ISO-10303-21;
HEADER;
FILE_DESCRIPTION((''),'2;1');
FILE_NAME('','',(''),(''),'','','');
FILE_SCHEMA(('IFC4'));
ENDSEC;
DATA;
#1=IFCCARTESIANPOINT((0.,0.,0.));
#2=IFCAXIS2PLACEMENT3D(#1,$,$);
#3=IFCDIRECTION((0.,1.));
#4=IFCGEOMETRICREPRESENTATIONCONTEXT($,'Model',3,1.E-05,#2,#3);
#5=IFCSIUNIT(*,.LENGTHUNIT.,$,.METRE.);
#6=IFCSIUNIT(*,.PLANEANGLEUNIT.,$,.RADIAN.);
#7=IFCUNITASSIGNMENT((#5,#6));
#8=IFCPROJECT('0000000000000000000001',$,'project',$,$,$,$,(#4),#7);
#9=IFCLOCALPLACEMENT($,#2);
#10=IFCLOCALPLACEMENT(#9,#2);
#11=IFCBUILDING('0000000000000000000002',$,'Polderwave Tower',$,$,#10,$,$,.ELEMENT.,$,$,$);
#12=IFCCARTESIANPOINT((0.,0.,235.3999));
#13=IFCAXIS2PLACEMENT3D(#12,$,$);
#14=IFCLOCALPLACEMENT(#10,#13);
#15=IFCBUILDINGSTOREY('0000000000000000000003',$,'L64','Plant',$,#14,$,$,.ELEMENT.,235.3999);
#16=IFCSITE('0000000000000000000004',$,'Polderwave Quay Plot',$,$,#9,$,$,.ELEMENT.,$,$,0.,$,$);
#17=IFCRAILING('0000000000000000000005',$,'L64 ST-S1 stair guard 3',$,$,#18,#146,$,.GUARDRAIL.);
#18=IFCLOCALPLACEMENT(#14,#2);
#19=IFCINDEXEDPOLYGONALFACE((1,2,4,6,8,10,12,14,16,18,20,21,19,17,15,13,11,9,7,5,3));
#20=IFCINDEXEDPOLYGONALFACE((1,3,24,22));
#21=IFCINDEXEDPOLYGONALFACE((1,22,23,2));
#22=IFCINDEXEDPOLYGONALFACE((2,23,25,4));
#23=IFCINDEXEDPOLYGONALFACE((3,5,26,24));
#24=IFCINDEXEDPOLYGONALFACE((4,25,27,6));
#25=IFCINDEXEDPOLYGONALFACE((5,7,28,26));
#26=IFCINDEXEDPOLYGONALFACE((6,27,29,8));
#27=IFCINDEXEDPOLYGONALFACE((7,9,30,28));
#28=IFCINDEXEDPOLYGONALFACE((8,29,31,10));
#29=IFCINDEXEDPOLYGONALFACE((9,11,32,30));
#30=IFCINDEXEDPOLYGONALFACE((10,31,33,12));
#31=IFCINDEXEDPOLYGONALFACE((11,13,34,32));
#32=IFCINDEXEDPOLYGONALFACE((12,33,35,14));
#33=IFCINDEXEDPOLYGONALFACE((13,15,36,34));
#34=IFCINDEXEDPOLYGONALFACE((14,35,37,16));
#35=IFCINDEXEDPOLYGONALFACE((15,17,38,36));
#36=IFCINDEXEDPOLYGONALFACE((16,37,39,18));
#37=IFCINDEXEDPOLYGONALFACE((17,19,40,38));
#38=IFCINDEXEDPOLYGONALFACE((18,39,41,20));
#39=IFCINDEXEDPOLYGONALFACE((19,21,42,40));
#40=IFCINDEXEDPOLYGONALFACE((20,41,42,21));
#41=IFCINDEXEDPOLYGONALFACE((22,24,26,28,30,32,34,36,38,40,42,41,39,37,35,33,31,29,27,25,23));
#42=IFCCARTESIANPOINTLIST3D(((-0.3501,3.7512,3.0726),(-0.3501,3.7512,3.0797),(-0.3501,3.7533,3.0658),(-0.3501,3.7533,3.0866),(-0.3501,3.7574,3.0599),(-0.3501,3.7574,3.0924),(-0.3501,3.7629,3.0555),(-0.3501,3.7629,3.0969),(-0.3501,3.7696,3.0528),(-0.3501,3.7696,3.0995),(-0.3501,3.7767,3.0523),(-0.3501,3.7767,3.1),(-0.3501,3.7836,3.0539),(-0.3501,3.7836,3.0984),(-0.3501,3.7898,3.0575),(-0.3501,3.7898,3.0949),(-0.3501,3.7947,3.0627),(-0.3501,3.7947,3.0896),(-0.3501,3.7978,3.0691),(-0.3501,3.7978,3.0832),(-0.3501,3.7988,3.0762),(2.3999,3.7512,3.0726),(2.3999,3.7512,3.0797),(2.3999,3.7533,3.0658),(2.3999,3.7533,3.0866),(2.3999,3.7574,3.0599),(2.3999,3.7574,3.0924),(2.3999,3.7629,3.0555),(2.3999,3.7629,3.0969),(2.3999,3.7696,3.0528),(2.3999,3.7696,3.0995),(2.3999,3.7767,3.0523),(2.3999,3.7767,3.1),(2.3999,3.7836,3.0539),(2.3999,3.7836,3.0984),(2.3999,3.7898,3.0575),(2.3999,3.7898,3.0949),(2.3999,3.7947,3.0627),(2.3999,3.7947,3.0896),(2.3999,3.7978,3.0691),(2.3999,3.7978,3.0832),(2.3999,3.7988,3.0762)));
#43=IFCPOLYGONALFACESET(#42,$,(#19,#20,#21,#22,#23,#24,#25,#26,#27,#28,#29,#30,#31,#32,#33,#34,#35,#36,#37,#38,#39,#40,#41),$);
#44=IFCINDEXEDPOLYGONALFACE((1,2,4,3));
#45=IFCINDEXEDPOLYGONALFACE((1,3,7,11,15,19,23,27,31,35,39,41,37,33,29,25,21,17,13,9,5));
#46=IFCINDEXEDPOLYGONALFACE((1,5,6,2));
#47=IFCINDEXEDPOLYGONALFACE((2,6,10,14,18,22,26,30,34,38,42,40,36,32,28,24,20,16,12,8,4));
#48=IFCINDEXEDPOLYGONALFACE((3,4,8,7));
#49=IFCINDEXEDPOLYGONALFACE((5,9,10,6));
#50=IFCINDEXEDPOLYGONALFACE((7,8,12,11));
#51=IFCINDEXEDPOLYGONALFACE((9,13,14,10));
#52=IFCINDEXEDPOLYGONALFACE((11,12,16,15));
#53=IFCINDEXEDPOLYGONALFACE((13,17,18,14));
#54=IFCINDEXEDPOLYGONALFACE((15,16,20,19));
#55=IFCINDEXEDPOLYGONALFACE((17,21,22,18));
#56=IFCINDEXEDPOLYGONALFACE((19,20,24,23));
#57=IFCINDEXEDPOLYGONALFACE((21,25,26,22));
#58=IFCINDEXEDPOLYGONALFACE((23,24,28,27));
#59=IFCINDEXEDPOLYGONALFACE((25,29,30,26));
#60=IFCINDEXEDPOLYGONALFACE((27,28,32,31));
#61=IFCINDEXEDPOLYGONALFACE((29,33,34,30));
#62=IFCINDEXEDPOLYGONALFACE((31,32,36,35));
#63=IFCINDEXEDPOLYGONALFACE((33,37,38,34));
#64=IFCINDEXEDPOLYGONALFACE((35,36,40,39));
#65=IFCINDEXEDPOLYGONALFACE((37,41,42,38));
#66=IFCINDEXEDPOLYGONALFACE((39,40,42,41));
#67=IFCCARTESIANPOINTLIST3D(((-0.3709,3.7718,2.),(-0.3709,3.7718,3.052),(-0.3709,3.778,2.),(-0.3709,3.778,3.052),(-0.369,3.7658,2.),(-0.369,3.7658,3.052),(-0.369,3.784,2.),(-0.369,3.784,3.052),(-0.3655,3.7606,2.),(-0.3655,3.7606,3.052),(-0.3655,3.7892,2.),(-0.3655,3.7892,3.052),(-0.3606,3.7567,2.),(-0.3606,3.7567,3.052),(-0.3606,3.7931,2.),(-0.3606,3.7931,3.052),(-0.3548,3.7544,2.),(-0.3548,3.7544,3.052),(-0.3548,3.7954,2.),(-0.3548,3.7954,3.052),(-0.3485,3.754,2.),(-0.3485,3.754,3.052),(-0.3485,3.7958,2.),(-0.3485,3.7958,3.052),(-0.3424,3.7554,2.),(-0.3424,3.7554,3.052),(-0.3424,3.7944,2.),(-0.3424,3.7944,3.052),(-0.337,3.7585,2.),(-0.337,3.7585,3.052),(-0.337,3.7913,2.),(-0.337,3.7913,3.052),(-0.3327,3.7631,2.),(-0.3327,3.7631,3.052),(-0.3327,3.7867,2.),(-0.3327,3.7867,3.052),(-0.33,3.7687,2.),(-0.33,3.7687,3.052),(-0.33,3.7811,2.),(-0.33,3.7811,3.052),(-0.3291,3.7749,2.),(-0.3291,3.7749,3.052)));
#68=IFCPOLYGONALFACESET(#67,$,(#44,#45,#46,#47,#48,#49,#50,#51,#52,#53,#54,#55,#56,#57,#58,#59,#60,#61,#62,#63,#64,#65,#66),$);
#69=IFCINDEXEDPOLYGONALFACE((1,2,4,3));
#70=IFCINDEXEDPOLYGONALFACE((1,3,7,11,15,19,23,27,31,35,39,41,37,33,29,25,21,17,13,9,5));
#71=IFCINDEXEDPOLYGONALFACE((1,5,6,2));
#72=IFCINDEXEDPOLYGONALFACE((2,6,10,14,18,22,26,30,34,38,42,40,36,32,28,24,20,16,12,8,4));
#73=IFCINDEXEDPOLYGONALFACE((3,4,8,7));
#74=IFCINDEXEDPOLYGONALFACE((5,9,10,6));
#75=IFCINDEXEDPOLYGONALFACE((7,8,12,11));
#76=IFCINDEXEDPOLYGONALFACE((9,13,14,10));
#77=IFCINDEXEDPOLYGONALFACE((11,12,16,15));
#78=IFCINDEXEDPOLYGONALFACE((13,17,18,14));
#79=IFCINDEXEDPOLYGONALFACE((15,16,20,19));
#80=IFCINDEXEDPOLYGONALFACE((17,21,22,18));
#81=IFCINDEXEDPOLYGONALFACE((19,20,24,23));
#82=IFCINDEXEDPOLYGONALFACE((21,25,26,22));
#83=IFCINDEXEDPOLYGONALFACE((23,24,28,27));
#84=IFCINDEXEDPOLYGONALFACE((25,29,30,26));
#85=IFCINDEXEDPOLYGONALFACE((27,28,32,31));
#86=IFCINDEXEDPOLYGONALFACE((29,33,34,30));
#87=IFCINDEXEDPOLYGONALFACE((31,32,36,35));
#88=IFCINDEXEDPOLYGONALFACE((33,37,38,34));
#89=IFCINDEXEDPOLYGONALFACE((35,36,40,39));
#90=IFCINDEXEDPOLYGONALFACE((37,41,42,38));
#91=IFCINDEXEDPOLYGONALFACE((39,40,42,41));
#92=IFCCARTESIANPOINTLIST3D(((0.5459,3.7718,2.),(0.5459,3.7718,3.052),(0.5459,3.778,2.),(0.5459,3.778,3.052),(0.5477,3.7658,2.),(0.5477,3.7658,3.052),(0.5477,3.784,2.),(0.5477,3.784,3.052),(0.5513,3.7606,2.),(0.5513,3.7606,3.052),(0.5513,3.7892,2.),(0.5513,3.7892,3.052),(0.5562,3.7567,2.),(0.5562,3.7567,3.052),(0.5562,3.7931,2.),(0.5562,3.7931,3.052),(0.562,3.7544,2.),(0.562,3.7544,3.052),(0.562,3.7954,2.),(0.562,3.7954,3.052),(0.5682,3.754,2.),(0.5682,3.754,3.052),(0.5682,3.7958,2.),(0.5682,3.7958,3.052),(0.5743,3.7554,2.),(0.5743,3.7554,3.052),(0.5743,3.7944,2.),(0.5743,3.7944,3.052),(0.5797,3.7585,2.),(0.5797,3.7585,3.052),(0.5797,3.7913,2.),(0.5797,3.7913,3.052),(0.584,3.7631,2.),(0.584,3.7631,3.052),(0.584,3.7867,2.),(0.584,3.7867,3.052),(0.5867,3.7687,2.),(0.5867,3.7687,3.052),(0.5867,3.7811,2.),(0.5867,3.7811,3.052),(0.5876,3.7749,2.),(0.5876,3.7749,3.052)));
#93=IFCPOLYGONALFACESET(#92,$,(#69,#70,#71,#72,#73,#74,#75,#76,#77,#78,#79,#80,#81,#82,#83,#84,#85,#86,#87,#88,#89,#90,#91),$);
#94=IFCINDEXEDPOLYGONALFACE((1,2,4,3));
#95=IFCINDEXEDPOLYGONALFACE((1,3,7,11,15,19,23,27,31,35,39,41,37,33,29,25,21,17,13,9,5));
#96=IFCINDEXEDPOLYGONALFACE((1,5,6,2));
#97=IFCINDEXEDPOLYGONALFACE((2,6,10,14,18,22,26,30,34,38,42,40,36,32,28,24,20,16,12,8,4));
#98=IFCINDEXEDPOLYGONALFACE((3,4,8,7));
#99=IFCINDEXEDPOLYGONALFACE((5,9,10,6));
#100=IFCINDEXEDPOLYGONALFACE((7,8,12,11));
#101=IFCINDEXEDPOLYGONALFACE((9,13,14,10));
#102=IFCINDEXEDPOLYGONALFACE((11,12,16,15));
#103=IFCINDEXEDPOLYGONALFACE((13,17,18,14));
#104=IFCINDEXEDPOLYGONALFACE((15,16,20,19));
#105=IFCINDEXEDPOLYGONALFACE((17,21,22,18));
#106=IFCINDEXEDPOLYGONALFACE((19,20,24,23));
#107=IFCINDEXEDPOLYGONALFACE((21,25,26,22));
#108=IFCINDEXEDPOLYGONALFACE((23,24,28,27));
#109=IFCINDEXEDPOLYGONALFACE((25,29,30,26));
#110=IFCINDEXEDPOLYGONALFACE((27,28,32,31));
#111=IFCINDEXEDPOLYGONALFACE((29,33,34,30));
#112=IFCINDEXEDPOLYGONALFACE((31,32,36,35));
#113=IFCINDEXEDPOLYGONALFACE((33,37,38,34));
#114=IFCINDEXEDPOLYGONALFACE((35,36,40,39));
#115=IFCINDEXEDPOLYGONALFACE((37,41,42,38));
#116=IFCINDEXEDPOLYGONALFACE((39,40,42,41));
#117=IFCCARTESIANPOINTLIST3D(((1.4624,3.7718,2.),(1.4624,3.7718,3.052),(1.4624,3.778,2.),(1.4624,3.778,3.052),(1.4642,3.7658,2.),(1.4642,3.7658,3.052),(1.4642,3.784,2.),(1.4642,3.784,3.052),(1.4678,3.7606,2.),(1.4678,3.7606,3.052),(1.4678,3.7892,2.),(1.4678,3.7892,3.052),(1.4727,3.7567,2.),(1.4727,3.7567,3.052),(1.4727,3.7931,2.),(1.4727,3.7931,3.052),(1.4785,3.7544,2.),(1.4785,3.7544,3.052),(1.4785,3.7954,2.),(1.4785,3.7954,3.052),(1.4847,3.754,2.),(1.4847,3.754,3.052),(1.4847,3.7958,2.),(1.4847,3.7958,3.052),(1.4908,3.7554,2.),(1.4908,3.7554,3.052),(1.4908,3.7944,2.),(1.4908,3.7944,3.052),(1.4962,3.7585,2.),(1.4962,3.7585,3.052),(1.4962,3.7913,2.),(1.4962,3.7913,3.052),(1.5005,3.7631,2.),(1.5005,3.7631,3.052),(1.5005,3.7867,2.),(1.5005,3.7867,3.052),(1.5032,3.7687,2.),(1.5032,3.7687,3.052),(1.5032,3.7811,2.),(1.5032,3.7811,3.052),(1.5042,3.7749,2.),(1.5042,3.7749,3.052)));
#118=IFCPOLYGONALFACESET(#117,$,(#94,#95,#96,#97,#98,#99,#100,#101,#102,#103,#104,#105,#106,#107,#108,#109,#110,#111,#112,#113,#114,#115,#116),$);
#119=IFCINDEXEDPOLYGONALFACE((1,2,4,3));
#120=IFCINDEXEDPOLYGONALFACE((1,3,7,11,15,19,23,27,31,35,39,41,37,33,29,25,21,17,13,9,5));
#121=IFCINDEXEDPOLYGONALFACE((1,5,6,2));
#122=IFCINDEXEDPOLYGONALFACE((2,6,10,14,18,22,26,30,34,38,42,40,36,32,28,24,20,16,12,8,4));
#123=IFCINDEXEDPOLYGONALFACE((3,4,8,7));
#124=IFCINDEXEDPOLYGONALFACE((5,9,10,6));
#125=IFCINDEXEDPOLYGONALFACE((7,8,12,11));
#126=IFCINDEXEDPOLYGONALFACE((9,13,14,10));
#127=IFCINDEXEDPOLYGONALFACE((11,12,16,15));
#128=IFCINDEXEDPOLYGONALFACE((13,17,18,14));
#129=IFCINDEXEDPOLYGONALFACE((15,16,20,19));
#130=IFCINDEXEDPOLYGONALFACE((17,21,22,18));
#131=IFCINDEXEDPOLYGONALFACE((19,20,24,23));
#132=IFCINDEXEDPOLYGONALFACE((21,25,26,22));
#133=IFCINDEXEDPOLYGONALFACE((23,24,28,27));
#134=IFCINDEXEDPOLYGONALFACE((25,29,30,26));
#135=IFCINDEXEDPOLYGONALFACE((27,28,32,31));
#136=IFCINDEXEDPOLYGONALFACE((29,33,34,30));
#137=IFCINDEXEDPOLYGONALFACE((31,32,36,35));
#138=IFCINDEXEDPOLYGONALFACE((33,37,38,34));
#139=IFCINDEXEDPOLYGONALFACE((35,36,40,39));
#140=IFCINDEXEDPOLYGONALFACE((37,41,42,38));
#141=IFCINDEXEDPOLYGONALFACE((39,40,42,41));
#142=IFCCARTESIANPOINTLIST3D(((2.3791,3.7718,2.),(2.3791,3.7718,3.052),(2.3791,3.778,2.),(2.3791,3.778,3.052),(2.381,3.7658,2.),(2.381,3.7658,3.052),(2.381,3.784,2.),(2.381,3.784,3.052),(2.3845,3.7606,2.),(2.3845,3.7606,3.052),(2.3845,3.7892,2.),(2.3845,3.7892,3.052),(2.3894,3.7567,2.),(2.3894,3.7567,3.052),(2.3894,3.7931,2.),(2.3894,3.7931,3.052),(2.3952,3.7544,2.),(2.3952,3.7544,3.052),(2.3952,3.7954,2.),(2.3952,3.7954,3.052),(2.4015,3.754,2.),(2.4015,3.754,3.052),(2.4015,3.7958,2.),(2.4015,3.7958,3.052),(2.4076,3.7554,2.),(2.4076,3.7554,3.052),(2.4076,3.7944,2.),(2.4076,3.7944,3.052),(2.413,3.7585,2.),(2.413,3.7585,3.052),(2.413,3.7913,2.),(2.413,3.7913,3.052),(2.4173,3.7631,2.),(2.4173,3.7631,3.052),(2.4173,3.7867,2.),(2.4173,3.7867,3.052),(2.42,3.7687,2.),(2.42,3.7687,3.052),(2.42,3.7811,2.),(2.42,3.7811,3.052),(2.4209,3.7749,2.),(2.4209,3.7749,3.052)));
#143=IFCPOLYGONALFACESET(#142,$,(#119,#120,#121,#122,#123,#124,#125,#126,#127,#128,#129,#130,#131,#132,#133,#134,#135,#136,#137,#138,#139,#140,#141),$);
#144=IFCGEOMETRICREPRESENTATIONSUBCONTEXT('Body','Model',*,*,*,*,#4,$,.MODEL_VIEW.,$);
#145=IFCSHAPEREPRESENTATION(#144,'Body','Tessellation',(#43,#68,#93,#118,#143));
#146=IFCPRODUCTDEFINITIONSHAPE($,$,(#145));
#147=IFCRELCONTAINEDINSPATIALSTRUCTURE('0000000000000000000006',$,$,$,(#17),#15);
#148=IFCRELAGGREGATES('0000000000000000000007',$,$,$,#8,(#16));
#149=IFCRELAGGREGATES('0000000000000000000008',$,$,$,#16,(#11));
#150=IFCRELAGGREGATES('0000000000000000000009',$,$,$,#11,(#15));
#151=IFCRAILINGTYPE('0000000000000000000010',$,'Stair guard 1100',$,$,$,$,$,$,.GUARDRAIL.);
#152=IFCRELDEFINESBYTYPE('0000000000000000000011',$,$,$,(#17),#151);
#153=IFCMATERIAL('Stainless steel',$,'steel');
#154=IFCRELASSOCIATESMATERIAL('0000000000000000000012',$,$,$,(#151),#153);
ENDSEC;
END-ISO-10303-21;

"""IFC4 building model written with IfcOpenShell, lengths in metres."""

from ifc_helpers import new_model, si_unit, direction, frame, origin, origin_2d, place, context, subcontext, project, spatial, circle, extrude, material, type_object, element, save


model = new_model("IFC4")

# Units and contexts
model_context = context("Model", 3, precision=1e-05, world=origin(), true_north=direction((0.0, 1.0)))
body_context = subcontext(model_context, "Body", "Model", "MODEL_VIEW")
ifc_project = project(units=[si_unit("LENGTHUNIT", "METRE"), si_unit("PLANEANGLEUNIT", "RADIAN")], contexts=[model_context])

# Site, building, storey
site_placement = place(None, origin())
site = spatial("IfcSite", under=ifc_project, at=site_placement, Name="Polderwave Quay Plot", CompositionType="ELEMENT", RefElevation=0.0)
building_placement = place(site_placement, origin())
building = spatial("IfcBuilding", under=site, at=building_placement, Name="Polderwave Tower", CompositionType="ELEMENT")
storey_placement = place(building_placement, frame((0.0, 0.0, 235.3999)))
storey = spatial("IfcBuildingStorey", under=building, at=storey_placement, Name="L64", Description="Plant", CompositionType="ELEMENT", Elevation=235.3999)

# Railing
ifc_material_1 = material(Name="Stainless steel", Category="steel")
railing_type_1 = type_object("IfcRailingType", Name="Stair guard 1100", PredefinedType="GUARDRAIL", material=ifc_material_1)
railing_1_placement = place(storey_placement, frame((-0.3501, 3.7749, 2.0)))
element("IfcRailing", 1, at=railing_1_placement, inside=storey, type_object=railing_type_1, Name="L64 ST-S1 stair guard 3", PredefinedType="GUARDRAIL", context=body_context, shape_type="SweptSolid", body=[
    extrude(circle(Radius=0.0239, at=origin_2d()), frame((0.0, 0.0, 1.0762), z_axis=(1.0, 0.0, 0.0), x_axis=(0.0, 1.0, 0.0)), (0.0, 0.0, 1.0), 2.75),
    extrude(circle(Radius=0.021, at=origin_2d()), origin(), (0.0, 0.0, 1.0), 1.052),
    extrude(circle(Radius=0.021, at=origin_2d()), frame((0.9167, 0.0, 0.0)), (0.0, 0.0, 1.0), 1.052),
    extrude(circle(Radius=0.021, at=origin_2d()), frame((1.8333, 0.0, 0.0)), (0.0, 0.0, 1.0), 1.052),
    extrude(circle(Radius=0.021, at=origin_2d()), frame((2.75, 0.0, 0.0)), (0.0, 0.0, 1.0), 1.052),
])

save(model, "model.ifc")
